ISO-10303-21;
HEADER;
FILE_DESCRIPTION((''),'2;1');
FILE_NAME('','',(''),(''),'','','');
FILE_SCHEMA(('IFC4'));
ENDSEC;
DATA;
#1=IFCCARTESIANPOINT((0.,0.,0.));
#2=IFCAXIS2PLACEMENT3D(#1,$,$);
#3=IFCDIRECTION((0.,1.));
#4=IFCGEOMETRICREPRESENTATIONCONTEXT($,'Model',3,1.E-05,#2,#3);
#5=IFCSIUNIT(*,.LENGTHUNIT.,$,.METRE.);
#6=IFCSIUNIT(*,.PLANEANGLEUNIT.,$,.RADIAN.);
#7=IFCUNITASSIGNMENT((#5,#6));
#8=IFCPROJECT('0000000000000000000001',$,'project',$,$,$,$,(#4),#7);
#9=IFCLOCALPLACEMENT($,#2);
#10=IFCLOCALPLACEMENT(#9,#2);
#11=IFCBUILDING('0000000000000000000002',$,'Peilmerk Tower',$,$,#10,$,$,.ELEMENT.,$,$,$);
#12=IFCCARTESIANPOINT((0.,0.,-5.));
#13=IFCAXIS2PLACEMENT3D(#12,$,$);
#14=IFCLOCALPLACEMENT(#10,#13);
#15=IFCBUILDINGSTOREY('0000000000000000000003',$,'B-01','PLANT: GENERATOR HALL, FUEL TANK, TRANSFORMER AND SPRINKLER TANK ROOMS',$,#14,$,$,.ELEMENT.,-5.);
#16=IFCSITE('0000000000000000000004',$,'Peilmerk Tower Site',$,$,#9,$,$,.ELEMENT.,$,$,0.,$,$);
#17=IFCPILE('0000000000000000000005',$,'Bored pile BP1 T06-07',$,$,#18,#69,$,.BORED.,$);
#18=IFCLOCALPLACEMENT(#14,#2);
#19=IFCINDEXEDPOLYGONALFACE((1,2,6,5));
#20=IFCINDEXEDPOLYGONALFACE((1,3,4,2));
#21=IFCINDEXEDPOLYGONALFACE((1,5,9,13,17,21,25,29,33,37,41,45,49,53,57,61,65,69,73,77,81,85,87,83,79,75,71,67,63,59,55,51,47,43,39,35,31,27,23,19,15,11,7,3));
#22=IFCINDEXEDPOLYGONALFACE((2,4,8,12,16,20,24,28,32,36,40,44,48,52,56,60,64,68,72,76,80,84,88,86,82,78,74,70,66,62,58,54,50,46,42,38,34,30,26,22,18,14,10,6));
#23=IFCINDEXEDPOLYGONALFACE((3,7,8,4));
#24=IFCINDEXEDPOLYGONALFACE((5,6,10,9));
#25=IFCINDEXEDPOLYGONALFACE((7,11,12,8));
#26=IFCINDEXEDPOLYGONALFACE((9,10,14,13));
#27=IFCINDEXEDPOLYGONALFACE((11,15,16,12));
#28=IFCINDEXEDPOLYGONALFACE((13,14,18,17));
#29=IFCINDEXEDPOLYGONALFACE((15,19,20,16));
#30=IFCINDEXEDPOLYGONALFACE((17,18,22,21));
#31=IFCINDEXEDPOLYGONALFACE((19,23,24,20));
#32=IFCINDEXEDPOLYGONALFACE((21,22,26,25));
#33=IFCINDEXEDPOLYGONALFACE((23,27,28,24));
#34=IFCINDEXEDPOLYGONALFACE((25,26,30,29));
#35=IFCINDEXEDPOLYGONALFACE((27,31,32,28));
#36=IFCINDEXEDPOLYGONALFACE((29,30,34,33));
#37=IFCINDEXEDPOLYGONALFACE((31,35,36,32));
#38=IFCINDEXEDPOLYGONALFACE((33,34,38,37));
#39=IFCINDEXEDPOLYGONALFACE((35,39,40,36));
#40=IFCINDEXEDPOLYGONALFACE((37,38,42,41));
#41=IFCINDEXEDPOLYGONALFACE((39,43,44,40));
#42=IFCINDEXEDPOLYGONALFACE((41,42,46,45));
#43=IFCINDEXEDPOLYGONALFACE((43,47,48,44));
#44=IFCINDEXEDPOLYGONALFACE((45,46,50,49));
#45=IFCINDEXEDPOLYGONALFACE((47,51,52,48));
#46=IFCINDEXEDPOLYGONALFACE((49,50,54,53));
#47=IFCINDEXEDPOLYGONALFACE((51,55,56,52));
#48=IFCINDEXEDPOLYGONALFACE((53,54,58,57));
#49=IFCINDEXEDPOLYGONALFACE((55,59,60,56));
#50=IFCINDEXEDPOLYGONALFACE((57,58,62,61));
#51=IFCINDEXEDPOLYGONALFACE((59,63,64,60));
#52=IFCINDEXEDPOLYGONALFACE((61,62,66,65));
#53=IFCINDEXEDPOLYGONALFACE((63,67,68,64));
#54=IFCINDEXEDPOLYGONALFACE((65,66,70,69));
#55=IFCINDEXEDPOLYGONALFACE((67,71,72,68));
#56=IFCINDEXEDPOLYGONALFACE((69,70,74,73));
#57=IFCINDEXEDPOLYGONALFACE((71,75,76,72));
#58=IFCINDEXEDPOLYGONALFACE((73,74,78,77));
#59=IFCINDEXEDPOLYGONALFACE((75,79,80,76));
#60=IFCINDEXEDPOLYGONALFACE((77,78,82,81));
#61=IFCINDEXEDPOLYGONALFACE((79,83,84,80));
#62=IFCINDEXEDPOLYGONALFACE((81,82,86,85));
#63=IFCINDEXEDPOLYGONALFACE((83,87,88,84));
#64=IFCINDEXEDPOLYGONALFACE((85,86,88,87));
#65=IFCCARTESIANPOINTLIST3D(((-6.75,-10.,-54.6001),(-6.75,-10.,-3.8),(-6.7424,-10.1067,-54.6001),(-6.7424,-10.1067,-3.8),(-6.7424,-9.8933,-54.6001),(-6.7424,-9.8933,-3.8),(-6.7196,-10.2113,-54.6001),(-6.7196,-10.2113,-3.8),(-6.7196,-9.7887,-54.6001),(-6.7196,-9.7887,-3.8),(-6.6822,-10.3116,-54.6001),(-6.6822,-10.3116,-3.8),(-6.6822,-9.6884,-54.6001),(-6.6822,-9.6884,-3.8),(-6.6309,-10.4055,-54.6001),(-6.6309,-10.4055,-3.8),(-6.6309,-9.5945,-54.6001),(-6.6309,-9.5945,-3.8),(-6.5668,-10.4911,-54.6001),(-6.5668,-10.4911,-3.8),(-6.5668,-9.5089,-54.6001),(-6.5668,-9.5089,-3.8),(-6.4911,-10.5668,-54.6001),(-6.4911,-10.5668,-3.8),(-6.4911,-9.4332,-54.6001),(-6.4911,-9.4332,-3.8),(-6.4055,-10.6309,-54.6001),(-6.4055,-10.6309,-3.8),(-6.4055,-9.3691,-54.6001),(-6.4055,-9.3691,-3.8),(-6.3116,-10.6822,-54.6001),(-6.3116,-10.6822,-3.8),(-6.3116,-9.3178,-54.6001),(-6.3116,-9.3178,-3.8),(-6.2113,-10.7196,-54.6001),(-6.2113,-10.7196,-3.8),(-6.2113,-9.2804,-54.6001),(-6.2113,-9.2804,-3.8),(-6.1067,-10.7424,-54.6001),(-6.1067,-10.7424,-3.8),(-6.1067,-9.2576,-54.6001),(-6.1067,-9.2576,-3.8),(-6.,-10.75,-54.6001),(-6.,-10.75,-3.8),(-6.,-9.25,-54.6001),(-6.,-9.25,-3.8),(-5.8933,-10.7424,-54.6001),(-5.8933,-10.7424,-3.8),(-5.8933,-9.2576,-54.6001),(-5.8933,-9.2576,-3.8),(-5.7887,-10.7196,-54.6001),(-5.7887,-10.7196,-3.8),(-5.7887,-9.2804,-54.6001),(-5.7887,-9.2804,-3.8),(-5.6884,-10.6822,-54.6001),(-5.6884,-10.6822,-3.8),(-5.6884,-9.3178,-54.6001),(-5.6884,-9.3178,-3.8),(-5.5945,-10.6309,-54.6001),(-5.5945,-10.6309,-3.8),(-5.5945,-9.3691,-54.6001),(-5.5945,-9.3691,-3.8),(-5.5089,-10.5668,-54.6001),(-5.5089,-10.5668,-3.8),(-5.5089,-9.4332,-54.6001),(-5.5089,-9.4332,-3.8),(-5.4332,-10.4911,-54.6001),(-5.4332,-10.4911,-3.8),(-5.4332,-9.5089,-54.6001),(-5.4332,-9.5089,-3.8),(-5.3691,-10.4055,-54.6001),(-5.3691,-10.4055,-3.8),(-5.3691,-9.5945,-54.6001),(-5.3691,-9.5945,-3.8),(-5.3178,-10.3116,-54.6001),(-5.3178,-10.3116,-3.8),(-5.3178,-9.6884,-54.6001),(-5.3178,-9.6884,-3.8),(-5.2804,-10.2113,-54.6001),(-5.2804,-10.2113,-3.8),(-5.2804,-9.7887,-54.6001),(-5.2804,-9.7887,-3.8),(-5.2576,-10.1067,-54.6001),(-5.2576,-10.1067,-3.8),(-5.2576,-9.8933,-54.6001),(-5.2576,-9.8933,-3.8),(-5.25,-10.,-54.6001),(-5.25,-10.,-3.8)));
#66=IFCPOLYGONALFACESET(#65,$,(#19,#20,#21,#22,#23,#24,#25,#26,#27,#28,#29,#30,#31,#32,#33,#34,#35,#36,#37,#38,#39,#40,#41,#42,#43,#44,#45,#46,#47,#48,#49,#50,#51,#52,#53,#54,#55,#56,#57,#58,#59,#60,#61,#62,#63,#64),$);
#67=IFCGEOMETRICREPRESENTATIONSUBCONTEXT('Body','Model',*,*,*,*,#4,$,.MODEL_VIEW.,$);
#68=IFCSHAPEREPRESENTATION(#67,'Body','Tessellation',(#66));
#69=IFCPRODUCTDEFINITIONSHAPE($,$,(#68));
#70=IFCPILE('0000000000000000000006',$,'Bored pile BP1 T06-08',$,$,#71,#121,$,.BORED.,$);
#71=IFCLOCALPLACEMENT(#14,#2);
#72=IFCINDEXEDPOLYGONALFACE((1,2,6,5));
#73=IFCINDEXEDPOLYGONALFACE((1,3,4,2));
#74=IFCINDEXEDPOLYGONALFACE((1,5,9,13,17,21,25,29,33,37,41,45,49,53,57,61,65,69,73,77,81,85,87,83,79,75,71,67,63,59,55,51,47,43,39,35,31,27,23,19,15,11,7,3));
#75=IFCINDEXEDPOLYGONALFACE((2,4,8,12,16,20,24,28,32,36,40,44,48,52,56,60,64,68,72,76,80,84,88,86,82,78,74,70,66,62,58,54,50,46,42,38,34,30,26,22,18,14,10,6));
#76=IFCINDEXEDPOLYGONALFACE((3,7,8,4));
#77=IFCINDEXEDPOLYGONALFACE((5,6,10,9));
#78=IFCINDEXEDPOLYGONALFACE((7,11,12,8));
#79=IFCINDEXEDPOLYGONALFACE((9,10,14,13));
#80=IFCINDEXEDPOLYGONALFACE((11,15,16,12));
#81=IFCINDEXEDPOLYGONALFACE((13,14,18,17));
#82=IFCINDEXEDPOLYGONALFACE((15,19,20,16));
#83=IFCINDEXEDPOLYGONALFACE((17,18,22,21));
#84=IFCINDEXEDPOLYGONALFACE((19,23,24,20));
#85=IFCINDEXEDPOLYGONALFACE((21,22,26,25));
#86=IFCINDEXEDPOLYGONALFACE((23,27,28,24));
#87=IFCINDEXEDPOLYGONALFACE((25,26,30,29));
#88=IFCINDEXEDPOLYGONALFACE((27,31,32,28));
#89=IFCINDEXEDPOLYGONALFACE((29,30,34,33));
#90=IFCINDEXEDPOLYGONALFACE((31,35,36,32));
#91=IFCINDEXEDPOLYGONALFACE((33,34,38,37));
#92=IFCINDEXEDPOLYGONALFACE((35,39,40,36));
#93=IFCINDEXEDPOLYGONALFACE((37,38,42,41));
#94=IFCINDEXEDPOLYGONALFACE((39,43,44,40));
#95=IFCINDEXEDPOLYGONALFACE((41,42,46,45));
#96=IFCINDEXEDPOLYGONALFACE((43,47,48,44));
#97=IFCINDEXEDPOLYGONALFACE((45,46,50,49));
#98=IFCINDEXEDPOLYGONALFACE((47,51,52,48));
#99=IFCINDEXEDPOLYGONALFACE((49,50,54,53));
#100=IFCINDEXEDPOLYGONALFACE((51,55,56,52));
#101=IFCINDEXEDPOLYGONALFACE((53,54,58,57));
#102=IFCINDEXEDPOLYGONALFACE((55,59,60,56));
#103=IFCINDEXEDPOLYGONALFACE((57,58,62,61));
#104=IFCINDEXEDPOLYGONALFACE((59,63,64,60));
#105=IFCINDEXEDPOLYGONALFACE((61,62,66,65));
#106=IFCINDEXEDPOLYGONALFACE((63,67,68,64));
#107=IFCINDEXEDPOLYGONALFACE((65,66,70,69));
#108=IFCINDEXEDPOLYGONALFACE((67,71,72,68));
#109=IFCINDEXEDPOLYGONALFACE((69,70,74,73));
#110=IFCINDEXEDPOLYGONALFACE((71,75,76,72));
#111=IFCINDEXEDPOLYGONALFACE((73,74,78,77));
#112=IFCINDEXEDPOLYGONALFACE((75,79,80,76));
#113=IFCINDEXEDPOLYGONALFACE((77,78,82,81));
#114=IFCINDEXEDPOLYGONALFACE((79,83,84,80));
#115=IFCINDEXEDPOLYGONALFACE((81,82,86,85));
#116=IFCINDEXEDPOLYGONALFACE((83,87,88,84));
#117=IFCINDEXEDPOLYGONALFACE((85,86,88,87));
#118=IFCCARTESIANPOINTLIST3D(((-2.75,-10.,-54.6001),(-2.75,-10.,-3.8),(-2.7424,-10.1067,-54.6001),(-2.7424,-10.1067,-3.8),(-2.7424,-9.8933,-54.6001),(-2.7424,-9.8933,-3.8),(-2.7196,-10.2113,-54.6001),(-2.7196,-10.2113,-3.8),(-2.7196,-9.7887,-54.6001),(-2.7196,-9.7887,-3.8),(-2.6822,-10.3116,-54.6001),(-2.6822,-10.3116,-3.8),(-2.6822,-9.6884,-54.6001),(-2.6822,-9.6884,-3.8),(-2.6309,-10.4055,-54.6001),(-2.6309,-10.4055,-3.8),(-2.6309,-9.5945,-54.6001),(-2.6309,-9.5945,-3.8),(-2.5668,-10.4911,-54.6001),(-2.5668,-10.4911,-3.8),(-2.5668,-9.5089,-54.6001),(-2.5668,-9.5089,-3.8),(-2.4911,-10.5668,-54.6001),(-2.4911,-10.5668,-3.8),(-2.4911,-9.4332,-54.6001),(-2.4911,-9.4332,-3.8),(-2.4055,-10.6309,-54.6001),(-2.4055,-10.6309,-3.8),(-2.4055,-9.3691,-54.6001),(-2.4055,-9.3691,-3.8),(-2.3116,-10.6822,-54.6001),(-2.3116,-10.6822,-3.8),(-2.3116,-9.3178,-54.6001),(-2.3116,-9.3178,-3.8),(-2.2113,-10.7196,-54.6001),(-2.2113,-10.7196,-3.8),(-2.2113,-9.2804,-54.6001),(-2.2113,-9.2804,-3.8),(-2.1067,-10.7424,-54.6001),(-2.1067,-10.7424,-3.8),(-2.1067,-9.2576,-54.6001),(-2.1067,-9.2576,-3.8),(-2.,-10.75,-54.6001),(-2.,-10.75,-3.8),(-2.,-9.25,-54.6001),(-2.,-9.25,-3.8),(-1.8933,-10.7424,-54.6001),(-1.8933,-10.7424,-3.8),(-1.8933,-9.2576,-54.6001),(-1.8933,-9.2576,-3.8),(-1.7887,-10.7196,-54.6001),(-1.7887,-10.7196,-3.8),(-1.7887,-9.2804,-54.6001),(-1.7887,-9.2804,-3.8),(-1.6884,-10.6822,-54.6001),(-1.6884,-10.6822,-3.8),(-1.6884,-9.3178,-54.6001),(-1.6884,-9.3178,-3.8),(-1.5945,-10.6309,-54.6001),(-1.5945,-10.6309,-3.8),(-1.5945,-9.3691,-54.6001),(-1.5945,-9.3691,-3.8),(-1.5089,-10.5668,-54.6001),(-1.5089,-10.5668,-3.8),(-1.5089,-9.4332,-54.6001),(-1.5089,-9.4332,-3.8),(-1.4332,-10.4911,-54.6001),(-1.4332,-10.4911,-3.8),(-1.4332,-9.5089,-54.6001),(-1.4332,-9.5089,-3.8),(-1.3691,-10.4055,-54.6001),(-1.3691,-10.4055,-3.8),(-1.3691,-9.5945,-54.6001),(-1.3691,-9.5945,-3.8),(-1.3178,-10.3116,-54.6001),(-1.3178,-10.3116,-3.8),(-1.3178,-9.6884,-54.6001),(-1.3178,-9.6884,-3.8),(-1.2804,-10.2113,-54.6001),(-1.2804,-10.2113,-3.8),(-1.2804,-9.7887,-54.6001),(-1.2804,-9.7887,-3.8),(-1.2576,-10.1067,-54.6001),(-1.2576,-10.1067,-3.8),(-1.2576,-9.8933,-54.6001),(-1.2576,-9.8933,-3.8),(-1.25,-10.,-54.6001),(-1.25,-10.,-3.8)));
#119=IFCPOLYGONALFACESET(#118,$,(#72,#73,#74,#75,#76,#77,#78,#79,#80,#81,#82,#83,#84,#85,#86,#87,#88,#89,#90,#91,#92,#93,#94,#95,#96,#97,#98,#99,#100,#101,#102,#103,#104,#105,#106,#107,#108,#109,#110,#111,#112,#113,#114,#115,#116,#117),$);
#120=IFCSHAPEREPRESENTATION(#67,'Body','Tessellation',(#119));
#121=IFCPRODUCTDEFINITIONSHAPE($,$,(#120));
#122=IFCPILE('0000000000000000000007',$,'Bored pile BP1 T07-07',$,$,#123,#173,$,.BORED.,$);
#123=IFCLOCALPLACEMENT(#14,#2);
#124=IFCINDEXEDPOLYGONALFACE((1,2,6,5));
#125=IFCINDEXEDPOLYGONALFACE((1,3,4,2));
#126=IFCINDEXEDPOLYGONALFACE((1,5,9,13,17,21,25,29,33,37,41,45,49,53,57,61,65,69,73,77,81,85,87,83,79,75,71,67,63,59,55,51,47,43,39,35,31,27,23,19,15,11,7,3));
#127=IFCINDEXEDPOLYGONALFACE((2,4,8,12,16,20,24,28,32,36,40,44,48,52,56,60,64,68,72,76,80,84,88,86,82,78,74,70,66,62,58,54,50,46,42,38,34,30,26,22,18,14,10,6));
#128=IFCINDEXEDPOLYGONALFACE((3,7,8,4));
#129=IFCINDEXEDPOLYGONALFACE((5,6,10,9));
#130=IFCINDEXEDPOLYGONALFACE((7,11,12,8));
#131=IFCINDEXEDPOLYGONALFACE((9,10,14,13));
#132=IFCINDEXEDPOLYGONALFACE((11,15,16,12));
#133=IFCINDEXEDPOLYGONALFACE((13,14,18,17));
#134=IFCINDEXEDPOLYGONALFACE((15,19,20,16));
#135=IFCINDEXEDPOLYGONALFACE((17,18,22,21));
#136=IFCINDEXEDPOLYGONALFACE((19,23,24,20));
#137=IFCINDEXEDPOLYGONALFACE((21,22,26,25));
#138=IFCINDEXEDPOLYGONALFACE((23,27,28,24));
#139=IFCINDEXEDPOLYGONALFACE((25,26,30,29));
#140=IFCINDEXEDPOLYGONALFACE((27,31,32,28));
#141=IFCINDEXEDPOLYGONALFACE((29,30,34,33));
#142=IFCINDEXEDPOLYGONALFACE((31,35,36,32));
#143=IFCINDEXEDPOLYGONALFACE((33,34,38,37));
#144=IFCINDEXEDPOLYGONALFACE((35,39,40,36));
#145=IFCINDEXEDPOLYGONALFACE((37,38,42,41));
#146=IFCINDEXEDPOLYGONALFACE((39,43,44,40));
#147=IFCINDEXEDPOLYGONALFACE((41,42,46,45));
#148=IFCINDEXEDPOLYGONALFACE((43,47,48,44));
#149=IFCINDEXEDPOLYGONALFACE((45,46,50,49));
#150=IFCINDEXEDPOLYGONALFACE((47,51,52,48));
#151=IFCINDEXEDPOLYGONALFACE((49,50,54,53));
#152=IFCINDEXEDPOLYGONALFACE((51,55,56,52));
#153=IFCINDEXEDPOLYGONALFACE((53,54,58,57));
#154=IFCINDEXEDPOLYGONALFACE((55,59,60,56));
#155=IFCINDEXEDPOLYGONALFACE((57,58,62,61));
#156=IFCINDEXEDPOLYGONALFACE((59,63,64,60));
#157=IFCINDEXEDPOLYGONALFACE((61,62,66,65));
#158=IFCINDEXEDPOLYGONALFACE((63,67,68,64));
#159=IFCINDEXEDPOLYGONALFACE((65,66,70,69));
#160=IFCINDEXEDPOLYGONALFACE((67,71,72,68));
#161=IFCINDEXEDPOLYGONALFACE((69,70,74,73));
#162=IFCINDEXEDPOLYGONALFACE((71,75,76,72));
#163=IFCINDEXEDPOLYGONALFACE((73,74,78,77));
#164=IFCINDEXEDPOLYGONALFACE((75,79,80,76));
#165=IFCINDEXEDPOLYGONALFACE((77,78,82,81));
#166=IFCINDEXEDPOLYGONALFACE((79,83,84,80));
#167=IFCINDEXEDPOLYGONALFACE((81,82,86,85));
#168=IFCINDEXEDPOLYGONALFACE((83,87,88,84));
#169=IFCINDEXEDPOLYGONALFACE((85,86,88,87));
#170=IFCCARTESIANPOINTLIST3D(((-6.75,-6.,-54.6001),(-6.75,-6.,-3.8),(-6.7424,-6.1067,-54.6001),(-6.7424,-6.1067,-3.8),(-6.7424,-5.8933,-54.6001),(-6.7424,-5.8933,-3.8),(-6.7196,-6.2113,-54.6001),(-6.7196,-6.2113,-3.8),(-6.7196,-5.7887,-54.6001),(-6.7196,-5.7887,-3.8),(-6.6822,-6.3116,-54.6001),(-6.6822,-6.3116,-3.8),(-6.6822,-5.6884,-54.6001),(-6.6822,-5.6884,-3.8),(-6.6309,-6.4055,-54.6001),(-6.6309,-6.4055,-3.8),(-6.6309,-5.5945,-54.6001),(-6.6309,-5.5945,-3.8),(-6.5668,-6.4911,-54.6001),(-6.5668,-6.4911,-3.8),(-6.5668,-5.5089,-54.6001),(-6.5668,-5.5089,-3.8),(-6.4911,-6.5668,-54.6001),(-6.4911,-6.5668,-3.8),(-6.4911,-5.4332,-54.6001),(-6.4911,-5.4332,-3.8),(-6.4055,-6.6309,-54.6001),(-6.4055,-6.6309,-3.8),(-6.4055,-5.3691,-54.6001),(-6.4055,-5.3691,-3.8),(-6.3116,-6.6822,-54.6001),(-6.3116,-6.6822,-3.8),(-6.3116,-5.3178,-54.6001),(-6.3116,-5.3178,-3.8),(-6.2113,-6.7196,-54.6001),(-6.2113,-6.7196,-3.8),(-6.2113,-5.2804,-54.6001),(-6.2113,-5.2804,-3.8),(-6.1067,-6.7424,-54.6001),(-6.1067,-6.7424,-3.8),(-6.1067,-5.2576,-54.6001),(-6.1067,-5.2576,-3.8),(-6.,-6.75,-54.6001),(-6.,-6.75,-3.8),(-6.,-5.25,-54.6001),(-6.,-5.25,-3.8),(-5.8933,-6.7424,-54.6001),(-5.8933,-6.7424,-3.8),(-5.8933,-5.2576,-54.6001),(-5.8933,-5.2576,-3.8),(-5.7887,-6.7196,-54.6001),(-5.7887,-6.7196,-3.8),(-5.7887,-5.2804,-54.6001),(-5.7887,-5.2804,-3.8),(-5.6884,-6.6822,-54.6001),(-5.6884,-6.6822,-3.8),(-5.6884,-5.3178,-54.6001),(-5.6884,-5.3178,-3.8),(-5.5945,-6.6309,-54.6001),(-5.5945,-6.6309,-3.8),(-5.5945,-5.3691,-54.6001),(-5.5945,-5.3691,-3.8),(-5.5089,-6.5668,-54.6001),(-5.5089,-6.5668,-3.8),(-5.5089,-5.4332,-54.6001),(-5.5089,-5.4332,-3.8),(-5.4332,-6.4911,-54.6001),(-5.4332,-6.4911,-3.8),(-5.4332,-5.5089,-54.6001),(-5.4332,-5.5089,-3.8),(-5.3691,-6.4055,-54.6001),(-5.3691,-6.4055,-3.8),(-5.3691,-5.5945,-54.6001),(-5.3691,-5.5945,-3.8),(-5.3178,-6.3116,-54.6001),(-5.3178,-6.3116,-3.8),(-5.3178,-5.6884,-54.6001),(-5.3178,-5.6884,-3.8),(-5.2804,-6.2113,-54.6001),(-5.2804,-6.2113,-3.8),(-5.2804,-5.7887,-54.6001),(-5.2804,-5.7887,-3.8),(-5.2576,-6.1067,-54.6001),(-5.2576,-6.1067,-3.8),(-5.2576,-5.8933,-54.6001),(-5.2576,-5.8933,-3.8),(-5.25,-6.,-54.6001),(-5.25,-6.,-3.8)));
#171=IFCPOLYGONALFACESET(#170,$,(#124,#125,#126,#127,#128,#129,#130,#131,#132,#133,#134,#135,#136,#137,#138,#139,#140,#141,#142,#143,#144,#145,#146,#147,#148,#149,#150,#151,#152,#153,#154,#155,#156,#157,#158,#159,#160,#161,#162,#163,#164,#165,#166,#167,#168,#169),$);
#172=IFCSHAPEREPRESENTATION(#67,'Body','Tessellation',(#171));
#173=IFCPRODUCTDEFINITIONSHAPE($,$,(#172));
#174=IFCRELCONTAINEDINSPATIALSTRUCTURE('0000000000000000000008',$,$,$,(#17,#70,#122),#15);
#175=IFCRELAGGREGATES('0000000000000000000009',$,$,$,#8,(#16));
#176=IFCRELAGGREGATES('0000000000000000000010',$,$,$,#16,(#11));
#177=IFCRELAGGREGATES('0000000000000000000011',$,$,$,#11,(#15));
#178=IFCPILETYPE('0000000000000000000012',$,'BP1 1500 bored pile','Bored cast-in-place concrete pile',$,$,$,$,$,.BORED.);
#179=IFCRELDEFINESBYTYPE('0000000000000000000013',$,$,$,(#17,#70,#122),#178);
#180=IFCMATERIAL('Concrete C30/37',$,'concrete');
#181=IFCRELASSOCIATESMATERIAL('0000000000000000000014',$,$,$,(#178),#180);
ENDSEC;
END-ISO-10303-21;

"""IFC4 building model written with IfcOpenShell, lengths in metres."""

from ifc_helpers import new_model, si_unit, direction, frame, origin, origin_2d, place, context, subcontext, project, spatial, circle, extrude, material, material_profile, profile_set, type_object, element, save


model = new_model("IFC4")

# Units and contexts
model_context = context("Model", 3, precision=1e-05, world=origin(), true_north=direction((0.0, 1.0)))
body_context = subcontext(model_context, "Body", "Model", "MODEL_VIEW")
ifc_project = project(units=[si_unit("LENGTHUNIT", "METRE"), si_unit("PLANEANGLEUNIT", "RADIAN")], contexts=[model_context])

# Site, building, storey
site_placement = place(None, origin())
site = spatial("IfcSite", under=ifc_project, at=site_placement, Name="Peilmerk Tower Site", CompositionType="ELEMENT", RefElevation=0.0)
building_placement = place(site_placement, origin())
building = spatial("IfcBuilding", under=site, at=building_placement, Name="Peilmerk Tower", CompositionType="ELEMENT")
storey_placement = place(building_placement, frame((0.0, 0.0, -5.0)))
storey = spatial("IfcBuildingStorey", under=building, at=storey_placement, Name="B-01", Description="PLANT: GENERATOR HALL, FUEL TANK, TRANSFORMER AND SPRINKLER TANK ROOMS", CompositionType="ELEMENT", Elevation=-5.0)

# Piles
ifc_material_1 = material(Name="Concrete C30/37", Category="concrete")
ifc_material_profile = material_profile(ifc_material_1, circle(Radius=0.75, at=origin_2d()), Name="BP 1500")
ifc_profile_set = profile_set([ifc_material_profile], Name="Concrete C30/37")
pile_type = type_object("IfcPileType", Name="BP1 1500 bored pile", Description="Bored cast-in-place concrete pile", PredefinedType="BORED", material=ifc_profile_set)
for number, where, z_axis, x_axis, name in (
    (1, (-6.0, -10.0, -3.8), (0.0, 0.0, -1.0), (1.0, 0.0, 0.0), "Bored pile BP1 T06-07"),
    (2, (-2.0, -10.0, -3.8), (0.0, 0.0, -1.0), (1.0, 0.0, 0.0), "Bored pile BP1 T06-08"),
    (3, (-6.0, -6.0, -3.8), (0.0, 0.0, -1.0), (1.0, 0.0, 0.0), "Bored pile BP1 T07-07"),
):
    element("IfcPile", number, at=place(storey_placement, frame(where, z_axis=z_axis, x_axis=x_axis)), inside=storey, type_object=pile_type, Name=name, PredefinedType="BORED", context=body_context, shape_type="SweptSolid", body=[
        extrude(circle(Radius=0.75, at=origin_2d()), origin(), (0.0, 0.0, 1.0), 50.8),
    ])

save(model, "model.ifc")
